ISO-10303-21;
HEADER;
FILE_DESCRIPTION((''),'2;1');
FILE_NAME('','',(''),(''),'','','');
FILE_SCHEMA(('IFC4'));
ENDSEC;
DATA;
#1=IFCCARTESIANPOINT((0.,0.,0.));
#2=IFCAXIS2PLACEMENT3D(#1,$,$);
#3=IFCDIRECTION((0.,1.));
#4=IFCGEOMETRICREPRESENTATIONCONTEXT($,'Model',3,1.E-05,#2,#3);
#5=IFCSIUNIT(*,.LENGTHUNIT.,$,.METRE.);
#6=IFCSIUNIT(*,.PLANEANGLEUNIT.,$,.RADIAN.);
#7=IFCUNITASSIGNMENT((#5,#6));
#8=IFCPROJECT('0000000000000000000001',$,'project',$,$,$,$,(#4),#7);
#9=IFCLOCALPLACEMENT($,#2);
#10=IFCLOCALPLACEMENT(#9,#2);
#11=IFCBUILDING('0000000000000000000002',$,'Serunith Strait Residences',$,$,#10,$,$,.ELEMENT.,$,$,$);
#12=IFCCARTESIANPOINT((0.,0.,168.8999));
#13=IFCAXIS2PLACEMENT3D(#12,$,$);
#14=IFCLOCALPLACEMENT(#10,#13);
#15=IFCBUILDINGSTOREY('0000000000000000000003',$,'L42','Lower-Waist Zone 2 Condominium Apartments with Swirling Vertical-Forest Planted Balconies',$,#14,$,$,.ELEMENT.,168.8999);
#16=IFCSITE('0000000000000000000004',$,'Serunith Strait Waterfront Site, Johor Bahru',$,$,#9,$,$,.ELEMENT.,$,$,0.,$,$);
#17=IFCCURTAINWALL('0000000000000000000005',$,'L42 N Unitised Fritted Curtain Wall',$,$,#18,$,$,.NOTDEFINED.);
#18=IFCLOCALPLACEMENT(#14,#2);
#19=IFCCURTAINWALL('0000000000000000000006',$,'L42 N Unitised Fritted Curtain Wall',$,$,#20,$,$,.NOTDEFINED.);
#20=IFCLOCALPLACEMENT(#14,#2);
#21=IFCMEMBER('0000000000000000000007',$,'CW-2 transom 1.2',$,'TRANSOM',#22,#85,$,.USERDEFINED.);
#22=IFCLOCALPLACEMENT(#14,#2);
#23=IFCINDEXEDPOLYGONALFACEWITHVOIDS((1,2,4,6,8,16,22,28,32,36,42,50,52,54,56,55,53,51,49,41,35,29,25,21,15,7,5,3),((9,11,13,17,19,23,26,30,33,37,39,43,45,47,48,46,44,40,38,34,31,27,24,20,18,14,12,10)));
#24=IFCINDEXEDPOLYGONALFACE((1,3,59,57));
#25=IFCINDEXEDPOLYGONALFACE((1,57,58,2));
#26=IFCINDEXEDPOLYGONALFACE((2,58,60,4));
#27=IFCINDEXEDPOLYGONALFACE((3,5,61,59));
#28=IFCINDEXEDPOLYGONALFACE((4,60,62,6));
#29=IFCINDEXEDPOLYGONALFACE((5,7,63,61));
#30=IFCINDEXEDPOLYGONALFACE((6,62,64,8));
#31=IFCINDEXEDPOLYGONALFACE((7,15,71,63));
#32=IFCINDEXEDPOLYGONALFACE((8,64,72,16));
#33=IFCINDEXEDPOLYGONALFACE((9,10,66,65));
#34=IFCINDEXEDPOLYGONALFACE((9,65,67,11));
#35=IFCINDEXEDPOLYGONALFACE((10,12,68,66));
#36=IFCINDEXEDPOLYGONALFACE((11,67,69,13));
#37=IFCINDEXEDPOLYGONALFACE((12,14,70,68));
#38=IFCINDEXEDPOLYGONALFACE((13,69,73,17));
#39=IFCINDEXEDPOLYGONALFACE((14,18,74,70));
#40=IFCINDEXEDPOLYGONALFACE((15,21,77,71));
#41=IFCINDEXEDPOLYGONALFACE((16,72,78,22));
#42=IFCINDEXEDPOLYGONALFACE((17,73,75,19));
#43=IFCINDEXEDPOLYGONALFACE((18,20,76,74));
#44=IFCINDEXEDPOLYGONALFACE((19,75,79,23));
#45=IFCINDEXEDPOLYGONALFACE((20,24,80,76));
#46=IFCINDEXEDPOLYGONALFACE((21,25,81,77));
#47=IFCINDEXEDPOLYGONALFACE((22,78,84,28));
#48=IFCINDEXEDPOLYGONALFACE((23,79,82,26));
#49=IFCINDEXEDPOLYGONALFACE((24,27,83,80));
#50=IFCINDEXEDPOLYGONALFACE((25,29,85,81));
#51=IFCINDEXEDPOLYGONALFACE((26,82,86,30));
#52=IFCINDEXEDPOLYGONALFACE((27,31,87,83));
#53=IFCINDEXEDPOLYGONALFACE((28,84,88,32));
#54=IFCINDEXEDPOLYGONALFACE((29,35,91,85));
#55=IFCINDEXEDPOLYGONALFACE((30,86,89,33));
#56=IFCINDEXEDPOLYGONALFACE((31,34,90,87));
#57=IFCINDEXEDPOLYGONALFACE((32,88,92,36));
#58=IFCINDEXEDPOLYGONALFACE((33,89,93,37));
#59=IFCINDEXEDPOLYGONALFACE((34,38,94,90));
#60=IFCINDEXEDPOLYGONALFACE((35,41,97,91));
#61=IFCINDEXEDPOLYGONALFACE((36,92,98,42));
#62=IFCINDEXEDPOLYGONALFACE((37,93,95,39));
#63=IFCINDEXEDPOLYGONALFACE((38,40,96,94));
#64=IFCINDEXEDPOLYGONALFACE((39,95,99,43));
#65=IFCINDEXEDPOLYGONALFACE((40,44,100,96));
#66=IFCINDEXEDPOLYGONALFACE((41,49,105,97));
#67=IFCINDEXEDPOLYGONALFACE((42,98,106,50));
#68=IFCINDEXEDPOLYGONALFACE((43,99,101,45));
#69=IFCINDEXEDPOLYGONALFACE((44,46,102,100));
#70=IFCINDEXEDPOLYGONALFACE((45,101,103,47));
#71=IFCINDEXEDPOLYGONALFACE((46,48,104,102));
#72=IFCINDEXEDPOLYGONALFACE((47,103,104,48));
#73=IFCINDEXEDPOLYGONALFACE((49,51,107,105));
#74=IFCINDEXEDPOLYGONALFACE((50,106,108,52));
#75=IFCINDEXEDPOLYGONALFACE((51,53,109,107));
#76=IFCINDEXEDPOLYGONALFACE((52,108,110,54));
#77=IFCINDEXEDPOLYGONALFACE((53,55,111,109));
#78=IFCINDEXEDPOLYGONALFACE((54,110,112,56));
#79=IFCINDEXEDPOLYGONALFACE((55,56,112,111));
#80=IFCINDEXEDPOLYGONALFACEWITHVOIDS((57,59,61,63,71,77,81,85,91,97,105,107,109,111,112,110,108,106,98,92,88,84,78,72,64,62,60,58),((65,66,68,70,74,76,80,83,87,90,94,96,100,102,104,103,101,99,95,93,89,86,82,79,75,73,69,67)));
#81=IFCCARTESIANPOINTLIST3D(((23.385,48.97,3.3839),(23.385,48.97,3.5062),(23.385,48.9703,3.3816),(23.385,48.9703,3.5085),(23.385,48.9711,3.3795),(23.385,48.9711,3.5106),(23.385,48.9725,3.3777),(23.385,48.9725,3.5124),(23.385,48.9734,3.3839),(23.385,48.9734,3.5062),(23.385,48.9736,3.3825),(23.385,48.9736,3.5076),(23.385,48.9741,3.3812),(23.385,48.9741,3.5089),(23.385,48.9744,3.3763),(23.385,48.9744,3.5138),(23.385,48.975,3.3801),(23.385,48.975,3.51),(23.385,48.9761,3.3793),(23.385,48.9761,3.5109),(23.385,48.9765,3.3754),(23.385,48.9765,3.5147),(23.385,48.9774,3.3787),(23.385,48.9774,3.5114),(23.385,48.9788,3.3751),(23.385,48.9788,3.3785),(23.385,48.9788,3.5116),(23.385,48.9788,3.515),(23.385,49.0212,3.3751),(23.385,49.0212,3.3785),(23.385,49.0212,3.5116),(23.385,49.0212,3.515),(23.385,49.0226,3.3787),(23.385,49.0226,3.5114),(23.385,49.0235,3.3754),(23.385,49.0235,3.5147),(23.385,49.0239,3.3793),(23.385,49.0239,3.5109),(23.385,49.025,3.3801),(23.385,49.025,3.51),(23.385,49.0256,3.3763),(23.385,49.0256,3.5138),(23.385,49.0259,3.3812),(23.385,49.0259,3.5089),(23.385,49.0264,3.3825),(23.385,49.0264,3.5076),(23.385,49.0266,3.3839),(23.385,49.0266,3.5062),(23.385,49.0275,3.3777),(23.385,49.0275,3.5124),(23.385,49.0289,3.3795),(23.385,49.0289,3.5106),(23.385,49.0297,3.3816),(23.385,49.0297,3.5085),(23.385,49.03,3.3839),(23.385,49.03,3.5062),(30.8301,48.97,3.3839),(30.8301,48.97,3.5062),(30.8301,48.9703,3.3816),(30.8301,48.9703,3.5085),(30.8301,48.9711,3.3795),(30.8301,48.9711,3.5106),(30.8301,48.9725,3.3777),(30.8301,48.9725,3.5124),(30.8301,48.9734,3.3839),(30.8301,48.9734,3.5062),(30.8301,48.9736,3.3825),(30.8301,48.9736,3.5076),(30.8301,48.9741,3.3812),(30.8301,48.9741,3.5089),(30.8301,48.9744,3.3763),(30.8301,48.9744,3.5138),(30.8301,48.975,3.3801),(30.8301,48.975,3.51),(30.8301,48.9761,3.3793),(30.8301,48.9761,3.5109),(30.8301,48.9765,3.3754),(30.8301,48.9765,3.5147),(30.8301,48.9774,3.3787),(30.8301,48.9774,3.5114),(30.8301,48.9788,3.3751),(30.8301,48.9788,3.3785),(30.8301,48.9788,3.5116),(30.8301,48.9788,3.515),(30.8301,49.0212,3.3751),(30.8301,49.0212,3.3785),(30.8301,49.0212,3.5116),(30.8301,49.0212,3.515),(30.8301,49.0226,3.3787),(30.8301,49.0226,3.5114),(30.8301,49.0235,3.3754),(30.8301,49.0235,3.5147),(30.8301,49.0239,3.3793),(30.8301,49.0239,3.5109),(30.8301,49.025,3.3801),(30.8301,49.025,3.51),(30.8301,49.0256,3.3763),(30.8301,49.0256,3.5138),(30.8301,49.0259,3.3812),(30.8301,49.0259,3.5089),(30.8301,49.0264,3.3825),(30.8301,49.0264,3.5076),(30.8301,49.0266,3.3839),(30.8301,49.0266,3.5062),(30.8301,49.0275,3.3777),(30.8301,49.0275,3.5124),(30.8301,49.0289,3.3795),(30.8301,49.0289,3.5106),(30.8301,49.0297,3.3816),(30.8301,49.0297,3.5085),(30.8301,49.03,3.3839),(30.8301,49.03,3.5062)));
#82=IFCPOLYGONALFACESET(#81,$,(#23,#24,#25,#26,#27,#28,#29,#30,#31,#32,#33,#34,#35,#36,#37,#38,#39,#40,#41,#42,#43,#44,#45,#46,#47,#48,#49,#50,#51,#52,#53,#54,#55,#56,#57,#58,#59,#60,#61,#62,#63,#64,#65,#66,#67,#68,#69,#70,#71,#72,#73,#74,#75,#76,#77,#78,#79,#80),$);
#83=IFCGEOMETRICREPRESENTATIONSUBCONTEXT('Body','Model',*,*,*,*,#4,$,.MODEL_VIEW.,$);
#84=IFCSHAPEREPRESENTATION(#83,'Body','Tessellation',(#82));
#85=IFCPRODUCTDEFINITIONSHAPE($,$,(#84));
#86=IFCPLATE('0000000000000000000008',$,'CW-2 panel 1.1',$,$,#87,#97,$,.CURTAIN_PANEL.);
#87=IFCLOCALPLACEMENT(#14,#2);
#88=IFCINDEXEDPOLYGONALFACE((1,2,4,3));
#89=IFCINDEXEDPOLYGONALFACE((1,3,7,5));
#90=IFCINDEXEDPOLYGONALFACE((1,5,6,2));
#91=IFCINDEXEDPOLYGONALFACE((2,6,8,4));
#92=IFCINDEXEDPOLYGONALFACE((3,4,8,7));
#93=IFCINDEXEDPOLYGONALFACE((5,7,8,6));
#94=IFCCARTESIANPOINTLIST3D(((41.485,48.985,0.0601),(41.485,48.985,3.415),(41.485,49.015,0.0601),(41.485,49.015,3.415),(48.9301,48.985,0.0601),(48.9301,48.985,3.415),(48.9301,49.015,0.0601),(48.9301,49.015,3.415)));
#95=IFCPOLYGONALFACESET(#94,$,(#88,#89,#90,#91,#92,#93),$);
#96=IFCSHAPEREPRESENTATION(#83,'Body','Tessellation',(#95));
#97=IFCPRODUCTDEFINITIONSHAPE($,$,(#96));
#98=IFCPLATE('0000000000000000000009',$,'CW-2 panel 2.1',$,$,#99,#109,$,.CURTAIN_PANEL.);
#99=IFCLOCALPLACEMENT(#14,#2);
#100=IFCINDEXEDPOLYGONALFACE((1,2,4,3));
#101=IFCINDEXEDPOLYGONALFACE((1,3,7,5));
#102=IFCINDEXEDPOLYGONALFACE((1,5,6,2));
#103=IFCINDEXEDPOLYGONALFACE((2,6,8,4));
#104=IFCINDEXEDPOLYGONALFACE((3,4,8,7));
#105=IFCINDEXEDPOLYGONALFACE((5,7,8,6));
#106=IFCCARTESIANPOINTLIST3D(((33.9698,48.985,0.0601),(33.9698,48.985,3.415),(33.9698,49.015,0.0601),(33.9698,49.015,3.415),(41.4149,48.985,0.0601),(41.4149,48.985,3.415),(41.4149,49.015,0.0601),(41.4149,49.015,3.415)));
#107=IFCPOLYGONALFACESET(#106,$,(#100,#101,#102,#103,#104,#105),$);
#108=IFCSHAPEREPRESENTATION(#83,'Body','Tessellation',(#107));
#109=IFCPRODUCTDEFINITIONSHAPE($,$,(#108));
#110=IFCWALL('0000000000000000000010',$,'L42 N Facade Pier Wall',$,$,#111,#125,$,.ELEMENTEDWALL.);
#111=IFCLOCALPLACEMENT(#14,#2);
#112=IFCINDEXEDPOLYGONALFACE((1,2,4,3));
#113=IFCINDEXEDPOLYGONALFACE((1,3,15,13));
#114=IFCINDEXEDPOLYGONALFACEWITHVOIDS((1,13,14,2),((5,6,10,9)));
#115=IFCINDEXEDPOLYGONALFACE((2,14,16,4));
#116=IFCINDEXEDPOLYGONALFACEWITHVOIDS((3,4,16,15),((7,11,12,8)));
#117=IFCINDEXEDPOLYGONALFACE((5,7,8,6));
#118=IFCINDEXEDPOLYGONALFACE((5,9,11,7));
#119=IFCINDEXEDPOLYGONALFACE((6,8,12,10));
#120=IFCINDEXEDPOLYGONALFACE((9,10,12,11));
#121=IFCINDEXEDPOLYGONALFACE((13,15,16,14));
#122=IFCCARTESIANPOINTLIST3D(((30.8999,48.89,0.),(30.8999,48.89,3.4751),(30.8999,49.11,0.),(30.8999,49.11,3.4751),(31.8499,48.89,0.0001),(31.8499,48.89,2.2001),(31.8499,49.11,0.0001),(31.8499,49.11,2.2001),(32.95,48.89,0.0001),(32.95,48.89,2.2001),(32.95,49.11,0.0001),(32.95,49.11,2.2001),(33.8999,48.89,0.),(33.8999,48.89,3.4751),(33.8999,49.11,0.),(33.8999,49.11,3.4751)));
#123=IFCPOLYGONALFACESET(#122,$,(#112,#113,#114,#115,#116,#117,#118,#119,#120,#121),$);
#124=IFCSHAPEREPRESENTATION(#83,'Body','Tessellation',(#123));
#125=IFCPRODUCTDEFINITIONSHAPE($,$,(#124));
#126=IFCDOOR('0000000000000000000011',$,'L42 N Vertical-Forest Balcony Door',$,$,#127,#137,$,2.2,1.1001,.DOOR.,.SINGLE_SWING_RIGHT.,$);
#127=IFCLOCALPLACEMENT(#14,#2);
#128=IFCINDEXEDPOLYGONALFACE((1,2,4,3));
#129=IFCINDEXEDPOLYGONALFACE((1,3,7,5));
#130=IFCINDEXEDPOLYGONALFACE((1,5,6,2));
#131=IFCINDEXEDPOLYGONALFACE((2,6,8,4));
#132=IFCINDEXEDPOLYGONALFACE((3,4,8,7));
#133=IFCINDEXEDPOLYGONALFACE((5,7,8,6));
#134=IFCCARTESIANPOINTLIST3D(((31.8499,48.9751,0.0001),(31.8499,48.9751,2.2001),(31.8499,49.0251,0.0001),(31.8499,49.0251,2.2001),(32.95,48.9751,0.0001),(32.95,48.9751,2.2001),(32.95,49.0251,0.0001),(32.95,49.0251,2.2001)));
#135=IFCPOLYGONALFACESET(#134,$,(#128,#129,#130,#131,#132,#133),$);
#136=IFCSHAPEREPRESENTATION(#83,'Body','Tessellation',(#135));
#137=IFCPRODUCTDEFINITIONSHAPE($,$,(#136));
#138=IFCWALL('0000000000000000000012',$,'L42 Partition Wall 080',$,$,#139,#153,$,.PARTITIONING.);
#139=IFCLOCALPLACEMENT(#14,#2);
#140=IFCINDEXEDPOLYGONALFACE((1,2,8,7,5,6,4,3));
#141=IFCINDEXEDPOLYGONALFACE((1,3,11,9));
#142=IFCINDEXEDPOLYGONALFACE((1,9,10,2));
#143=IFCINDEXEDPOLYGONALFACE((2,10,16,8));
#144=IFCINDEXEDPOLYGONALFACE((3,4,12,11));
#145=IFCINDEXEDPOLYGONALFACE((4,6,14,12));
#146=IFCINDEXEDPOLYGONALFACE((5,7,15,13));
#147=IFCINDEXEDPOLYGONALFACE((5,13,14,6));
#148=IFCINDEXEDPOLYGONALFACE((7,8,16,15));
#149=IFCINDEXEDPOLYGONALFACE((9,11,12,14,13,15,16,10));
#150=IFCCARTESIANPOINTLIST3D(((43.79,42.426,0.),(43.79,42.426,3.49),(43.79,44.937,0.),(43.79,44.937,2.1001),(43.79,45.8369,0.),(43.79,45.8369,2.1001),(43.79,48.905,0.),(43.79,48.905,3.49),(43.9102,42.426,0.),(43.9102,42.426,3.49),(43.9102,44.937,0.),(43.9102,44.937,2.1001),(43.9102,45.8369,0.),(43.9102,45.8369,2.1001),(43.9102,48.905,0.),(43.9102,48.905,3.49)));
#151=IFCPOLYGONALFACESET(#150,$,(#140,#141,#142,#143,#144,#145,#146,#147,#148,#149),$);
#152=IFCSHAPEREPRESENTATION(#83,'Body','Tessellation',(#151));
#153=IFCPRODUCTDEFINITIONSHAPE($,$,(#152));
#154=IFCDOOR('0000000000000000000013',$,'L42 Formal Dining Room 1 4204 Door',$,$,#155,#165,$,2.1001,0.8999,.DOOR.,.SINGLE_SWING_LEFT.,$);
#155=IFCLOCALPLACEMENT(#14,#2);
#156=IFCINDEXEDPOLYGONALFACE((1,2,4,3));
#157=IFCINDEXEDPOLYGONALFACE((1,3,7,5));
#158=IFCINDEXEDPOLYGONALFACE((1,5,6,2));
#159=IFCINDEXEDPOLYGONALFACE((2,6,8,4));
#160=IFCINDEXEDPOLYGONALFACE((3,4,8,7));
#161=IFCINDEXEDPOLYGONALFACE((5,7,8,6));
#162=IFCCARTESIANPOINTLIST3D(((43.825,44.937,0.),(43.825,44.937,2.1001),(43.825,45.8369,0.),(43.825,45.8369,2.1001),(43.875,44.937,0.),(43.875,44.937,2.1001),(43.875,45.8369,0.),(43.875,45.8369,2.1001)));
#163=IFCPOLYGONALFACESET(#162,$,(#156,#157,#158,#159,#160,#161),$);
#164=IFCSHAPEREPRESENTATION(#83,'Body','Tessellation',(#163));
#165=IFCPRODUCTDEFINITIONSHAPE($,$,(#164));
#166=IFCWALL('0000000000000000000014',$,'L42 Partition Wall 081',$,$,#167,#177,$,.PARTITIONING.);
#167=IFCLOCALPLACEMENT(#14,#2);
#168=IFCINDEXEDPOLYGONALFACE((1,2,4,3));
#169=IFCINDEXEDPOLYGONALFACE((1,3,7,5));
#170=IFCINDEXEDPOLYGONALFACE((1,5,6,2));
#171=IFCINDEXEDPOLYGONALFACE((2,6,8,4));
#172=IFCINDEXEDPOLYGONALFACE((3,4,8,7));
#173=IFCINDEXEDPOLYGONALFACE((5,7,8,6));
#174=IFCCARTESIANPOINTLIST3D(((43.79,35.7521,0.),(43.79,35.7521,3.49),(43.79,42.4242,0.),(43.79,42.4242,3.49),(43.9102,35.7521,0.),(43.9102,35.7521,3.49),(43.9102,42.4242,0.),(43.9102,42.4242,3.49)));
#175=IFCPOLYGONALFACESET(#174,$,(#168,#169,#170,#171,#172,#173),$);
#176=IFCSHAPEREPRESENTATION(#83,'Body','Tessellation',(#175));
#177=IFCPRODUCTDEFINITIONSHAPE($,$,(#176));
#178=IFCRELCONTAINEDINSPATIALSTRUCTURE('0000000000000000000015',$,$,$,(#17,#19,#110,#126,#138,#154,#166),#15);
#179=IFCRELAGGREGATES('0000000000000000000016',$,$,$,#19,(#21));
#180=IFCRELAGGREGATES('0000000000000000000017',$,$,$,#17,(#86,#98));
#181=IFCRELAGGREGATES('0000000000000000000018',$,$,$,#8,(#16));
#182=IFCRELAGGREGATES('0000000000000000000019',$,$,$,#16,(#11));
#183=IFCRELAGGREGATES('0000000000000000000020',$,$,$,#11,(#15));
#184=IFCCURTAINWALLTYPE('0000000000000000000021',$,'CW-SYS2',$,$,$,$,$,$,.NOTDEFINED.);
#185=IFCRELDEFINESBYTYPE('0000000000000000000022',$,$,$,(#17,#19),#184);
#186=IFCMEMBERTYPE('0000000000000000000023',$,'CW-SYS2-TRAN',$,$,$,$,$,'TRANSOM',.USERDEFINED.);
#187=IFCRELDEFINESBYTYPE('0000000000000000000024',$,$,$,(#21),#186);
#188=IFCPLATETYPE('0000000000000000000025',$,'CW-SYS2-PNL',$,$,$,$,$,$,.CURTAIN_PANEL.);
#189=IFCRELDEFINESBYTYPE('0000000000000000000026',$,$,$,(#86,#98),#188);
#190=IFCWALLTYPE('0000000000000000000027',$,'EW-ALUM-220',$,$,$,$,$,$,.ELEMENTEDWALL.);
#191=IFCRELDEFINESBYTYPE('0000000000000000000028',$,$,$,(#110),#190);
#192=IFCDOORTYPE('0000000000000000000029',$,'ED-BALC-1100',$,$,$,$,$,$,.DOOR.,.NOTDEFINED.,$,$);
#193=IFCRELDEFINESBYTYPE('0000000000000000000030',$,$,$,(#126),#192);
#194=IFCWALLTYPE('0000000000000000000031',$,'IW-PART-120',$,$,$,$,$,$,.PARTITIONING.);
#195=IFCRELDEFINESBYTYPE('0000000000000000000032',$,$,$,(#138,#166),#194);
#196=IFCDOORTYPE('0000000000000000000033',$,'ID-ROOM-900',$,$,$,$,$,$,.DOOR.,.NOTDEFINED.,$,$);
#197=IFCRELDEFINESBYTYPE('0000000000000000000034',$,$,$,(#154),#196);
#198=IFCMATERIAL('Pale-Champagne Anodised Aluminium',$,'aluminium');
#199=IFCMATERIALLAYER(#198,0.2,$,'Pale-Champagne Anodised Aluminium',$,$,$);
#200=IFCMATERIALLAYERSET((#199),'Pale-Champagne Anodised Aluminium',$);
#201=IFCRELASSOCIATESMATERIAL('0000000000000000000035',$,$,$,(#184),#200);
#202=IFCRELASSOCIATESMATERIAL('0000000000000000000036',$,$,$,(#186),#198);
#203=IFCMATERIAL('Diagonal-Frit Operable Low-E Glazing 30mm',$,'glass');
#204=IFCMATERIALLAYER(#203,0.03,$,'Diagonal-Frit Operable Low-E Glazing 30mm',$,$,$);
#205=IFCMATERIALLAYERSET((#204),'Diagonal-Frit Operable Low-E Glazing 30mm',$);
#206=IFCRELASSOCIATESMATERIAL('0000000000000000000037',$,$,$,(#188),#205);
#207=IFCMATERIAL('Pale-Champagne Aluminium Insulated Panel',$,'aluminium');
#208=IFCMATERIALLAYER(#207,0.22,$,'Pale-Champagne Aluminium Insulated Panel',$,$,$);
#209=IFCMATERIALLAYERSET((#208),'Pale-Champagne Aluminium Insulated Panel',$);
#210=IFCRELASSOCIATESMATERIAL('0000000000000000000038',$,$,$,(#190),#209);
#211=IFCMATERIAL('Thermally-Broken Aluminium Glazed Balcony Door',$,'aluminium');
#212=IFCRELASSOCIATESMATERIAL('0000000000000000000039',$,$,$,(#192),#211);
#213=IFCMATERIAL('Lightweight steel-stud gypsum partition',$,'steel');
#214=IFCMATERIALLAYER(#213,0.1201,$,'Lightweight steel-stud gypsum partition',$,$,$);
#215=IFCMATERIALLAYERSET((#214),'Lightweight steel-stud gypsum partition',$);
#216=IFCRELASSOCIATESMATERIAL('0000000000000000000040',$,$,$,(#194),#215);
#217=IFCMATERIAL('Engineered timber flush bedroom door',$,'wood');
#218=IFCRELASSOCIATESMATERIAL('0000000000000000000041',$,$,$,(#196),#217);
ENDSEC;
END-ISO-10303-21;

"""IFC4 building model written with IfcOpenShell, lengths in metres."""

from ifc_helpers import new_model, si_unit, direction, frame, frame_2d, origin, origin_2d, place, context, subcontext, project, spatial, rectangle, hollow_rectangle, extrude, source, transform, mapped, material, layer, layer_set, material_profile, profile_set, type_object, element, fill, aggregate, save


model = new_model("IFC4")

# Units and contexts
model_context = context("Model", 3, precision=1e-05, world=origin(), true_north=direction((0.0, 1.0)))
body_context = subcontext(model_context, "Body", "Model", "MODEL_VIEW")
ifc_project = project(units=[si_unit("LENGTHUNIT", "METRE"), si_unit("PLANEANGLEUNIT", "RADIAN")], contexts=[model_context])

# Site, building, storey
site_placement = place(None, origin())
site = spatial("IfcSite", under=ifc_project, at=site_placement, Name="Serunith Strait Waterfront Site, Johor Bahru", CompositionType="ELEMENT", RefElevation=0.0)
building_placement = place(site_placement, origin())
building = spatial("IfcBuilding", under=site, at=building_placement, Name="Serunith Strait Residences", CompositionType="ELEMENT")
storey_placement = place(building_placement, frame((0.0, 0.0, 168.8999)))
storey = spatial("IfcBuildingStorey", under=building, at=storey_placement, Name="L42", Description="Lower-Waist Zone 2 Condominium Apartments with Swirling Vertical-Forest Planted Balconies", CompositionType="ELEMENT", Elevation=168.8999)

# Curtain wall
ifc_material_1 = material(Name="Pale-Champagne Anodised Aluminium", Category="aluminium")
ifc_layer_1 = layer(ifc_material_1, 0.2, Name="Pale-Champagne Anodised Aluminium")
ifc_layer_set_1 = layer_set([ifc_layer_1], Name="Pale-Champagne Anodised Aluminium")
curtain_wall_type = type_object("IfcCurtainWallType", Name="CW-SYS2", PredefinedType="NOTDEFINED", material=ifc_layer_set_1)
curtain_wall_1_placement = place(storey_placement, origin())
curtain_wall_1 = element("IfcCurtainWall", 1, at=curtain_wall_1_placement, inside=storey, type_object=curtain_wall_type, Name="L42 N Unitised Fritted Curtain Wall", PredefinedType="NOTDEFINED")

# Curtain wall
curtain_wall_2_placement = place(storey_placement, origin())
curtain_wall_2 = element("IfcCurtainWall", 2, at=curtain_wall_2_placement, inside=storey, type_object=curtain_wall_type, Name="L42 N Unitised Fritted Curtain Wall", PredefinedType="NOTDEFINED")

# Member
ifc_material_profile_1 = material_profile(ifc_material_1, hollow_rectangle(XDim=0.0601, YDim=0.1399, WallThickness=0.0034, InnerFilletRadius=0.0054, OuterFilletRadius=0.0088, at=origin_2d()), Name="ALU 140x60x3.5")
ifc_profile_set_1 = profile_set([ifc_material_profile_1], Name="Pale-Champagne Anodised Aluminium")
member_type_1 = type_object("IfcMemberType", Name="CW-SYS2-TRAN", ElementType="TRANSOM", PredefinedType="USERDEFINED", material=ifc_profile_set_1)
shared_shape_1 = source(origin(), body_context, "Body", "SweptSolid", [
    extrude(hollow_rectangle(XDim=0.0601, YDim=0.1399, WallThickness=0.0034, InnerFilletRadius=0.0054, OuterFilletRadius=0.0088, at=origin_2d()), origin(), (0.0, 0.0, 1.0), 7.4451),
])
member_1_placement = place(storey_placement, frame((30.8301, 49.0, 3.4451), z_axis=(-1.0, 0.0, 0.0), x_axis=(0.0, -1.0, 0.0)))
member_1 = element("IfcMember", 3, at=member_1_placement, type_object=member_type_1, Name="CW-2 transom 1.2", ObjectType="TRANSOM", PredefinedType="USERDEFINED", context=body_context, shape_type="MappedRepresentation", body=[
    mapped(shared_shape_1, transform((0.0, 0.0, 0.0), scale=1.0)),
])
aggregate(curtain_wall_2, [member_1])

# Plates
ifc_material_2 = material(Name="Diagonal-Frit Operable Low-E Glazing 30mm", Category="glass")
ifc_layer_2 = layer(ifc_material_2, 0.03, Name="Diagonal-Frit Operable Low-E Glazing 30mm")
ifc_layer_set_2 = layer_set([ifc_layer_2], Name="Diagonal-Frit Operable Low-E Glazing 30mm")
plate_type = type_object("IfcPlateType", Name="CW-SYS2-PNL", PredefinedType="CURTAIN_PANEL", material=ifc_layer_set_2)
shared_shape_2 = source(origin(), body_context, "Body", "SweptSolid", [
    extrude(rectangle(XDim=7.4451, YDim=0.03, at=origin_2d()), origin(), (0.0, 0.0, 1.0), 3.355),
])
plate_1_placement = place(storey_placement, frame((45.2075, 49.0, 0.0601), z_axis=(0.0, 0.0, 1.0), x_axis=(-1.0, 0.0, 0.0)))
plate_1 = element("IfcPlate", 4, at=plate_1_placement, type_object=plate_type, Name="CW-2 panel 1.1", PredefinedType="CURTAIN_PANEL", context=body_context, shape_type="MappedRepresentation", body=[
    mapped(shared_shape_2, transform((0.0, 0.0, 0.0), scale=1.0)),
])
plate_2_placement = place(storey_placement, frame((37.6924, 49.0, 0.0601), z_axis=(0.0, 0.0, 1.0), x_axis=(-1.0, 0.0, 0.0)))
plate_2 = element("IfcPlate", 5, at=plate_2_placement, type_object=plate_type, Name="CW-2 panel 2.1", PredefinedType="CURTAIN_PANEL", context=body_context, shape_type="MappedRepresentation", body=[
    mapped(shared_shape_2, transform((0.0, 0.0, 0.0), scale=1.0)),
])
aggregate(curtain_wall_1, [plate_1, plate_2])

# Walls, openings, doors
ifc_material_3 = material(Name="Pale-Champagne Aluminium Insulated Panel", Category="aluminium")
ifc_layer_3 = layer(ifc_material_3, 0.22, Name="Pale-Champagne Aluminium Insulated Panel")
ifc_layer_set_3 = layer_set([ifc_layer_3], Name="Pale-Champagne Aluminium Insulated Panel")
wall_type_1 = type_object("IfcWallType", Name="EW-ALUM-220", PredefinedType="ELEMENTEDWALL", material=ifc_layer_set_3)
wall_1_placement = place(storey_placement, frame((33.8999, 49.0, 0.0), z_axis=(0.0, 0.0, 1.0), x_axis=(-1.0, 0.0, 0.0)))
wall_1 = element("IfcWall", 6, at=wall_1_placement, inside=storey, type_object=wall_type_1, Name="L42 N Facade Pier Wall", PredefinedType="ELEMENTEDWALL", context=body_context, shape_type="SweptSolid", body=[
    extrude(rectangle(XDim=3.0, YDim=0.22, at=frame_2d((1.5, 0.0))), origin(), (0.0, 0.0, 1.0), 3.4751),
])
opening_1_placement = place(wall_1_placement, frame((0.95, 0.0, 0.0)))
opening_1 = element("IfcOpeningElement", 7, at=opening_1_placement, cuts=wall_1, PredefinedType="OPENING", context=body_context, shape_type="SweptSolid", body=[
    extrude(rectangle(XDim=1.1001, YDim=2.2, at=frame_2d((0.55, 1.1001))), frame((0.0, 0.1201, 0.0), z_axis=(0.0, -1.0, 0.0), x_axis=(1.0, 0.0, 0.0)), (0.0, 0.0, 1.0), 0.24),
])
ifc_material_4 = material(Name="Thermally-Broken Aluminium Glazed Balcony Door", Category="aluminium")
door_type_1 = type_object("IfcDoorType", Name="ED-BALC-1100", OperationType="NOTDEFINED", PredefinedType="DOOR", material=ifc_material_4)
shared_shape_3 = source(origin(), body_context, "Body", "SweptSolid", [
    extrude(rectangle(XDim=1.1001, YDim=2.2, at=frame_2d((0.55, 1.1001))), frame((0.0, 0.0249, 0.0), z_axis=(0.0, -1.0, 0.0), x_axis=(1.0, 0.0, 0.0)), (0.0, 0.0, 1.0), 0.05),
])
door_1_placement = place(opening_1_placement, origin())
door_1 = element("IfcDoor", 8, at=door_1_placement, inside=storey, type_object=door_type_1, Name="L42 N Vertical-Forest Balcony Door", OperationType="SINGLE_SWING_RIGHT", OverallHeight=2.2, OverallWidth=1.1001, PredefinedType="DOOR", context=body_context, shape_type="MappedRepresentation", body=[
    mapped(shared_shape_3, transform((0.0, 0.0, 0.0), scale=1.0)),
])
fill(opening_1, door_1)
ifc_material_5 = material(Name="Lightweight steel-stud gypsum partition", Category="steel")
ifc_layer_4 = layer(ifc_material_5, 0.1201, Name="Lightweight steel-stud gypsum partition")
ifc_layer_set_4 = layer_set([ifc_layer_4], Name="Lightweight steel-stud gypsum partition")
wall_type_2 = type_object("IfcWallType", Name="IW-PART-120", PredefinedType="PARTITIONING", material=ifc_layer_set_4)
wall_2_placement = place(storey_placement, frame((43.8501, 48.905, 0.0), z_axis=(0.0, 0.0, 1.0), x_axis=(0.0, -1.0, 0.0)))
wall_2 = element("IfcWall", 9, at=wall_2_placement, inside=storey, type_object=wall_type_2, Name="L42 Partition Wall 080", PredefinedType="PARTITIONING", context=body_context, shape_type="SweptSolid", body=[
    extrude(rectangle(XDim=6.479, YDim=0.1201, at=frame_2d((3.2395, 0.0))), origin(), (0.0, 0.0, 1.0), 3.49),
])
opening_2_placement = place(wall_2_placement, frame((3.0681, 0.0, 0.0)))
opening_2 = element("IfcOpeningElement", 10, at=opening_2_placement, cuts=wall_2, PredefinedType="OPENING", context=body_context, shape_type="SweptSolid", body=[
    extrude(rectangle(XDim=0.8999, YDim=2.1001, at=frame_2d((0.45, 1.05))), frame((0.0, 0.0701, 0.0), z_axis=(0.0, -1.0, 0.0), x_axis=(1.0, 0.0, 0.0)), (0.0, 0.0, 1.0), 0.1401),
])
ifc_material_6 = material(Name="Engineered timber flush bedroom door", Category="wood")
door_type_2 = type_object("IfcDoorType", Name="ID-ROOM-900", OperationType="NOTDEFINED", PredefinedType="DOOR", material=ifc_material_6)
shared_shape_4 = source(origin(), body_context, "Body", "SweptSolid", [
    extrude(rectangle(XDim=0.8999, YDim=2.1001, at=frame_2d((0.45, 1.05))), frame((0.0, 0.0249, 0.0), z_axis=(0.0, -1.0, 0.0), x_axis=(1.0, 0.0, 0.0)), (0.0, 0.0, 1.0), 0.05),
])
door_2_placement = place(opening_2_placement, origin())
door_2 = element("IfcDoor", 11, at=door_2_placement, inside=storey, type_object=door_type_2, Name="L42 Formal Dining Room 1 4204 Door", OperationType="SINGLE_SWING_LEFT", OverallHeight=2.1001, OverallWidth=0.8999, PredefinedType="DOOR", context=body_context, shape_type="MappedRepresentation", body=[
    mapped(shared_shape_4, transform((0.0, 0.0, 0.0), scale=1.0)),
])
fill(opening_2, door_2)

# Wall
wall_3_placement = place(storey_placement, frame((43.8501, 42.4241, 0.0), z_axis=(0.0, 0.0, 1.0), x_axis=(0.0, -1.0, 0.0)))
element("IfcWall", 12, at=wall_3_placement, inside=storey, type_object=wall_type_2, Name="L42 Partition Wall 081", PredefinedType="PARTITIONING", context=body_context, shape_type="SweptSolid", body=[
    extrude(rectangle(XDim=6.6721, YDim=0.1201, at=frame_2d((3.3359, 0.0))), origin(), (0.0, 0.0, 1.0), 3.49),
])

save(model, "model.ifc")
